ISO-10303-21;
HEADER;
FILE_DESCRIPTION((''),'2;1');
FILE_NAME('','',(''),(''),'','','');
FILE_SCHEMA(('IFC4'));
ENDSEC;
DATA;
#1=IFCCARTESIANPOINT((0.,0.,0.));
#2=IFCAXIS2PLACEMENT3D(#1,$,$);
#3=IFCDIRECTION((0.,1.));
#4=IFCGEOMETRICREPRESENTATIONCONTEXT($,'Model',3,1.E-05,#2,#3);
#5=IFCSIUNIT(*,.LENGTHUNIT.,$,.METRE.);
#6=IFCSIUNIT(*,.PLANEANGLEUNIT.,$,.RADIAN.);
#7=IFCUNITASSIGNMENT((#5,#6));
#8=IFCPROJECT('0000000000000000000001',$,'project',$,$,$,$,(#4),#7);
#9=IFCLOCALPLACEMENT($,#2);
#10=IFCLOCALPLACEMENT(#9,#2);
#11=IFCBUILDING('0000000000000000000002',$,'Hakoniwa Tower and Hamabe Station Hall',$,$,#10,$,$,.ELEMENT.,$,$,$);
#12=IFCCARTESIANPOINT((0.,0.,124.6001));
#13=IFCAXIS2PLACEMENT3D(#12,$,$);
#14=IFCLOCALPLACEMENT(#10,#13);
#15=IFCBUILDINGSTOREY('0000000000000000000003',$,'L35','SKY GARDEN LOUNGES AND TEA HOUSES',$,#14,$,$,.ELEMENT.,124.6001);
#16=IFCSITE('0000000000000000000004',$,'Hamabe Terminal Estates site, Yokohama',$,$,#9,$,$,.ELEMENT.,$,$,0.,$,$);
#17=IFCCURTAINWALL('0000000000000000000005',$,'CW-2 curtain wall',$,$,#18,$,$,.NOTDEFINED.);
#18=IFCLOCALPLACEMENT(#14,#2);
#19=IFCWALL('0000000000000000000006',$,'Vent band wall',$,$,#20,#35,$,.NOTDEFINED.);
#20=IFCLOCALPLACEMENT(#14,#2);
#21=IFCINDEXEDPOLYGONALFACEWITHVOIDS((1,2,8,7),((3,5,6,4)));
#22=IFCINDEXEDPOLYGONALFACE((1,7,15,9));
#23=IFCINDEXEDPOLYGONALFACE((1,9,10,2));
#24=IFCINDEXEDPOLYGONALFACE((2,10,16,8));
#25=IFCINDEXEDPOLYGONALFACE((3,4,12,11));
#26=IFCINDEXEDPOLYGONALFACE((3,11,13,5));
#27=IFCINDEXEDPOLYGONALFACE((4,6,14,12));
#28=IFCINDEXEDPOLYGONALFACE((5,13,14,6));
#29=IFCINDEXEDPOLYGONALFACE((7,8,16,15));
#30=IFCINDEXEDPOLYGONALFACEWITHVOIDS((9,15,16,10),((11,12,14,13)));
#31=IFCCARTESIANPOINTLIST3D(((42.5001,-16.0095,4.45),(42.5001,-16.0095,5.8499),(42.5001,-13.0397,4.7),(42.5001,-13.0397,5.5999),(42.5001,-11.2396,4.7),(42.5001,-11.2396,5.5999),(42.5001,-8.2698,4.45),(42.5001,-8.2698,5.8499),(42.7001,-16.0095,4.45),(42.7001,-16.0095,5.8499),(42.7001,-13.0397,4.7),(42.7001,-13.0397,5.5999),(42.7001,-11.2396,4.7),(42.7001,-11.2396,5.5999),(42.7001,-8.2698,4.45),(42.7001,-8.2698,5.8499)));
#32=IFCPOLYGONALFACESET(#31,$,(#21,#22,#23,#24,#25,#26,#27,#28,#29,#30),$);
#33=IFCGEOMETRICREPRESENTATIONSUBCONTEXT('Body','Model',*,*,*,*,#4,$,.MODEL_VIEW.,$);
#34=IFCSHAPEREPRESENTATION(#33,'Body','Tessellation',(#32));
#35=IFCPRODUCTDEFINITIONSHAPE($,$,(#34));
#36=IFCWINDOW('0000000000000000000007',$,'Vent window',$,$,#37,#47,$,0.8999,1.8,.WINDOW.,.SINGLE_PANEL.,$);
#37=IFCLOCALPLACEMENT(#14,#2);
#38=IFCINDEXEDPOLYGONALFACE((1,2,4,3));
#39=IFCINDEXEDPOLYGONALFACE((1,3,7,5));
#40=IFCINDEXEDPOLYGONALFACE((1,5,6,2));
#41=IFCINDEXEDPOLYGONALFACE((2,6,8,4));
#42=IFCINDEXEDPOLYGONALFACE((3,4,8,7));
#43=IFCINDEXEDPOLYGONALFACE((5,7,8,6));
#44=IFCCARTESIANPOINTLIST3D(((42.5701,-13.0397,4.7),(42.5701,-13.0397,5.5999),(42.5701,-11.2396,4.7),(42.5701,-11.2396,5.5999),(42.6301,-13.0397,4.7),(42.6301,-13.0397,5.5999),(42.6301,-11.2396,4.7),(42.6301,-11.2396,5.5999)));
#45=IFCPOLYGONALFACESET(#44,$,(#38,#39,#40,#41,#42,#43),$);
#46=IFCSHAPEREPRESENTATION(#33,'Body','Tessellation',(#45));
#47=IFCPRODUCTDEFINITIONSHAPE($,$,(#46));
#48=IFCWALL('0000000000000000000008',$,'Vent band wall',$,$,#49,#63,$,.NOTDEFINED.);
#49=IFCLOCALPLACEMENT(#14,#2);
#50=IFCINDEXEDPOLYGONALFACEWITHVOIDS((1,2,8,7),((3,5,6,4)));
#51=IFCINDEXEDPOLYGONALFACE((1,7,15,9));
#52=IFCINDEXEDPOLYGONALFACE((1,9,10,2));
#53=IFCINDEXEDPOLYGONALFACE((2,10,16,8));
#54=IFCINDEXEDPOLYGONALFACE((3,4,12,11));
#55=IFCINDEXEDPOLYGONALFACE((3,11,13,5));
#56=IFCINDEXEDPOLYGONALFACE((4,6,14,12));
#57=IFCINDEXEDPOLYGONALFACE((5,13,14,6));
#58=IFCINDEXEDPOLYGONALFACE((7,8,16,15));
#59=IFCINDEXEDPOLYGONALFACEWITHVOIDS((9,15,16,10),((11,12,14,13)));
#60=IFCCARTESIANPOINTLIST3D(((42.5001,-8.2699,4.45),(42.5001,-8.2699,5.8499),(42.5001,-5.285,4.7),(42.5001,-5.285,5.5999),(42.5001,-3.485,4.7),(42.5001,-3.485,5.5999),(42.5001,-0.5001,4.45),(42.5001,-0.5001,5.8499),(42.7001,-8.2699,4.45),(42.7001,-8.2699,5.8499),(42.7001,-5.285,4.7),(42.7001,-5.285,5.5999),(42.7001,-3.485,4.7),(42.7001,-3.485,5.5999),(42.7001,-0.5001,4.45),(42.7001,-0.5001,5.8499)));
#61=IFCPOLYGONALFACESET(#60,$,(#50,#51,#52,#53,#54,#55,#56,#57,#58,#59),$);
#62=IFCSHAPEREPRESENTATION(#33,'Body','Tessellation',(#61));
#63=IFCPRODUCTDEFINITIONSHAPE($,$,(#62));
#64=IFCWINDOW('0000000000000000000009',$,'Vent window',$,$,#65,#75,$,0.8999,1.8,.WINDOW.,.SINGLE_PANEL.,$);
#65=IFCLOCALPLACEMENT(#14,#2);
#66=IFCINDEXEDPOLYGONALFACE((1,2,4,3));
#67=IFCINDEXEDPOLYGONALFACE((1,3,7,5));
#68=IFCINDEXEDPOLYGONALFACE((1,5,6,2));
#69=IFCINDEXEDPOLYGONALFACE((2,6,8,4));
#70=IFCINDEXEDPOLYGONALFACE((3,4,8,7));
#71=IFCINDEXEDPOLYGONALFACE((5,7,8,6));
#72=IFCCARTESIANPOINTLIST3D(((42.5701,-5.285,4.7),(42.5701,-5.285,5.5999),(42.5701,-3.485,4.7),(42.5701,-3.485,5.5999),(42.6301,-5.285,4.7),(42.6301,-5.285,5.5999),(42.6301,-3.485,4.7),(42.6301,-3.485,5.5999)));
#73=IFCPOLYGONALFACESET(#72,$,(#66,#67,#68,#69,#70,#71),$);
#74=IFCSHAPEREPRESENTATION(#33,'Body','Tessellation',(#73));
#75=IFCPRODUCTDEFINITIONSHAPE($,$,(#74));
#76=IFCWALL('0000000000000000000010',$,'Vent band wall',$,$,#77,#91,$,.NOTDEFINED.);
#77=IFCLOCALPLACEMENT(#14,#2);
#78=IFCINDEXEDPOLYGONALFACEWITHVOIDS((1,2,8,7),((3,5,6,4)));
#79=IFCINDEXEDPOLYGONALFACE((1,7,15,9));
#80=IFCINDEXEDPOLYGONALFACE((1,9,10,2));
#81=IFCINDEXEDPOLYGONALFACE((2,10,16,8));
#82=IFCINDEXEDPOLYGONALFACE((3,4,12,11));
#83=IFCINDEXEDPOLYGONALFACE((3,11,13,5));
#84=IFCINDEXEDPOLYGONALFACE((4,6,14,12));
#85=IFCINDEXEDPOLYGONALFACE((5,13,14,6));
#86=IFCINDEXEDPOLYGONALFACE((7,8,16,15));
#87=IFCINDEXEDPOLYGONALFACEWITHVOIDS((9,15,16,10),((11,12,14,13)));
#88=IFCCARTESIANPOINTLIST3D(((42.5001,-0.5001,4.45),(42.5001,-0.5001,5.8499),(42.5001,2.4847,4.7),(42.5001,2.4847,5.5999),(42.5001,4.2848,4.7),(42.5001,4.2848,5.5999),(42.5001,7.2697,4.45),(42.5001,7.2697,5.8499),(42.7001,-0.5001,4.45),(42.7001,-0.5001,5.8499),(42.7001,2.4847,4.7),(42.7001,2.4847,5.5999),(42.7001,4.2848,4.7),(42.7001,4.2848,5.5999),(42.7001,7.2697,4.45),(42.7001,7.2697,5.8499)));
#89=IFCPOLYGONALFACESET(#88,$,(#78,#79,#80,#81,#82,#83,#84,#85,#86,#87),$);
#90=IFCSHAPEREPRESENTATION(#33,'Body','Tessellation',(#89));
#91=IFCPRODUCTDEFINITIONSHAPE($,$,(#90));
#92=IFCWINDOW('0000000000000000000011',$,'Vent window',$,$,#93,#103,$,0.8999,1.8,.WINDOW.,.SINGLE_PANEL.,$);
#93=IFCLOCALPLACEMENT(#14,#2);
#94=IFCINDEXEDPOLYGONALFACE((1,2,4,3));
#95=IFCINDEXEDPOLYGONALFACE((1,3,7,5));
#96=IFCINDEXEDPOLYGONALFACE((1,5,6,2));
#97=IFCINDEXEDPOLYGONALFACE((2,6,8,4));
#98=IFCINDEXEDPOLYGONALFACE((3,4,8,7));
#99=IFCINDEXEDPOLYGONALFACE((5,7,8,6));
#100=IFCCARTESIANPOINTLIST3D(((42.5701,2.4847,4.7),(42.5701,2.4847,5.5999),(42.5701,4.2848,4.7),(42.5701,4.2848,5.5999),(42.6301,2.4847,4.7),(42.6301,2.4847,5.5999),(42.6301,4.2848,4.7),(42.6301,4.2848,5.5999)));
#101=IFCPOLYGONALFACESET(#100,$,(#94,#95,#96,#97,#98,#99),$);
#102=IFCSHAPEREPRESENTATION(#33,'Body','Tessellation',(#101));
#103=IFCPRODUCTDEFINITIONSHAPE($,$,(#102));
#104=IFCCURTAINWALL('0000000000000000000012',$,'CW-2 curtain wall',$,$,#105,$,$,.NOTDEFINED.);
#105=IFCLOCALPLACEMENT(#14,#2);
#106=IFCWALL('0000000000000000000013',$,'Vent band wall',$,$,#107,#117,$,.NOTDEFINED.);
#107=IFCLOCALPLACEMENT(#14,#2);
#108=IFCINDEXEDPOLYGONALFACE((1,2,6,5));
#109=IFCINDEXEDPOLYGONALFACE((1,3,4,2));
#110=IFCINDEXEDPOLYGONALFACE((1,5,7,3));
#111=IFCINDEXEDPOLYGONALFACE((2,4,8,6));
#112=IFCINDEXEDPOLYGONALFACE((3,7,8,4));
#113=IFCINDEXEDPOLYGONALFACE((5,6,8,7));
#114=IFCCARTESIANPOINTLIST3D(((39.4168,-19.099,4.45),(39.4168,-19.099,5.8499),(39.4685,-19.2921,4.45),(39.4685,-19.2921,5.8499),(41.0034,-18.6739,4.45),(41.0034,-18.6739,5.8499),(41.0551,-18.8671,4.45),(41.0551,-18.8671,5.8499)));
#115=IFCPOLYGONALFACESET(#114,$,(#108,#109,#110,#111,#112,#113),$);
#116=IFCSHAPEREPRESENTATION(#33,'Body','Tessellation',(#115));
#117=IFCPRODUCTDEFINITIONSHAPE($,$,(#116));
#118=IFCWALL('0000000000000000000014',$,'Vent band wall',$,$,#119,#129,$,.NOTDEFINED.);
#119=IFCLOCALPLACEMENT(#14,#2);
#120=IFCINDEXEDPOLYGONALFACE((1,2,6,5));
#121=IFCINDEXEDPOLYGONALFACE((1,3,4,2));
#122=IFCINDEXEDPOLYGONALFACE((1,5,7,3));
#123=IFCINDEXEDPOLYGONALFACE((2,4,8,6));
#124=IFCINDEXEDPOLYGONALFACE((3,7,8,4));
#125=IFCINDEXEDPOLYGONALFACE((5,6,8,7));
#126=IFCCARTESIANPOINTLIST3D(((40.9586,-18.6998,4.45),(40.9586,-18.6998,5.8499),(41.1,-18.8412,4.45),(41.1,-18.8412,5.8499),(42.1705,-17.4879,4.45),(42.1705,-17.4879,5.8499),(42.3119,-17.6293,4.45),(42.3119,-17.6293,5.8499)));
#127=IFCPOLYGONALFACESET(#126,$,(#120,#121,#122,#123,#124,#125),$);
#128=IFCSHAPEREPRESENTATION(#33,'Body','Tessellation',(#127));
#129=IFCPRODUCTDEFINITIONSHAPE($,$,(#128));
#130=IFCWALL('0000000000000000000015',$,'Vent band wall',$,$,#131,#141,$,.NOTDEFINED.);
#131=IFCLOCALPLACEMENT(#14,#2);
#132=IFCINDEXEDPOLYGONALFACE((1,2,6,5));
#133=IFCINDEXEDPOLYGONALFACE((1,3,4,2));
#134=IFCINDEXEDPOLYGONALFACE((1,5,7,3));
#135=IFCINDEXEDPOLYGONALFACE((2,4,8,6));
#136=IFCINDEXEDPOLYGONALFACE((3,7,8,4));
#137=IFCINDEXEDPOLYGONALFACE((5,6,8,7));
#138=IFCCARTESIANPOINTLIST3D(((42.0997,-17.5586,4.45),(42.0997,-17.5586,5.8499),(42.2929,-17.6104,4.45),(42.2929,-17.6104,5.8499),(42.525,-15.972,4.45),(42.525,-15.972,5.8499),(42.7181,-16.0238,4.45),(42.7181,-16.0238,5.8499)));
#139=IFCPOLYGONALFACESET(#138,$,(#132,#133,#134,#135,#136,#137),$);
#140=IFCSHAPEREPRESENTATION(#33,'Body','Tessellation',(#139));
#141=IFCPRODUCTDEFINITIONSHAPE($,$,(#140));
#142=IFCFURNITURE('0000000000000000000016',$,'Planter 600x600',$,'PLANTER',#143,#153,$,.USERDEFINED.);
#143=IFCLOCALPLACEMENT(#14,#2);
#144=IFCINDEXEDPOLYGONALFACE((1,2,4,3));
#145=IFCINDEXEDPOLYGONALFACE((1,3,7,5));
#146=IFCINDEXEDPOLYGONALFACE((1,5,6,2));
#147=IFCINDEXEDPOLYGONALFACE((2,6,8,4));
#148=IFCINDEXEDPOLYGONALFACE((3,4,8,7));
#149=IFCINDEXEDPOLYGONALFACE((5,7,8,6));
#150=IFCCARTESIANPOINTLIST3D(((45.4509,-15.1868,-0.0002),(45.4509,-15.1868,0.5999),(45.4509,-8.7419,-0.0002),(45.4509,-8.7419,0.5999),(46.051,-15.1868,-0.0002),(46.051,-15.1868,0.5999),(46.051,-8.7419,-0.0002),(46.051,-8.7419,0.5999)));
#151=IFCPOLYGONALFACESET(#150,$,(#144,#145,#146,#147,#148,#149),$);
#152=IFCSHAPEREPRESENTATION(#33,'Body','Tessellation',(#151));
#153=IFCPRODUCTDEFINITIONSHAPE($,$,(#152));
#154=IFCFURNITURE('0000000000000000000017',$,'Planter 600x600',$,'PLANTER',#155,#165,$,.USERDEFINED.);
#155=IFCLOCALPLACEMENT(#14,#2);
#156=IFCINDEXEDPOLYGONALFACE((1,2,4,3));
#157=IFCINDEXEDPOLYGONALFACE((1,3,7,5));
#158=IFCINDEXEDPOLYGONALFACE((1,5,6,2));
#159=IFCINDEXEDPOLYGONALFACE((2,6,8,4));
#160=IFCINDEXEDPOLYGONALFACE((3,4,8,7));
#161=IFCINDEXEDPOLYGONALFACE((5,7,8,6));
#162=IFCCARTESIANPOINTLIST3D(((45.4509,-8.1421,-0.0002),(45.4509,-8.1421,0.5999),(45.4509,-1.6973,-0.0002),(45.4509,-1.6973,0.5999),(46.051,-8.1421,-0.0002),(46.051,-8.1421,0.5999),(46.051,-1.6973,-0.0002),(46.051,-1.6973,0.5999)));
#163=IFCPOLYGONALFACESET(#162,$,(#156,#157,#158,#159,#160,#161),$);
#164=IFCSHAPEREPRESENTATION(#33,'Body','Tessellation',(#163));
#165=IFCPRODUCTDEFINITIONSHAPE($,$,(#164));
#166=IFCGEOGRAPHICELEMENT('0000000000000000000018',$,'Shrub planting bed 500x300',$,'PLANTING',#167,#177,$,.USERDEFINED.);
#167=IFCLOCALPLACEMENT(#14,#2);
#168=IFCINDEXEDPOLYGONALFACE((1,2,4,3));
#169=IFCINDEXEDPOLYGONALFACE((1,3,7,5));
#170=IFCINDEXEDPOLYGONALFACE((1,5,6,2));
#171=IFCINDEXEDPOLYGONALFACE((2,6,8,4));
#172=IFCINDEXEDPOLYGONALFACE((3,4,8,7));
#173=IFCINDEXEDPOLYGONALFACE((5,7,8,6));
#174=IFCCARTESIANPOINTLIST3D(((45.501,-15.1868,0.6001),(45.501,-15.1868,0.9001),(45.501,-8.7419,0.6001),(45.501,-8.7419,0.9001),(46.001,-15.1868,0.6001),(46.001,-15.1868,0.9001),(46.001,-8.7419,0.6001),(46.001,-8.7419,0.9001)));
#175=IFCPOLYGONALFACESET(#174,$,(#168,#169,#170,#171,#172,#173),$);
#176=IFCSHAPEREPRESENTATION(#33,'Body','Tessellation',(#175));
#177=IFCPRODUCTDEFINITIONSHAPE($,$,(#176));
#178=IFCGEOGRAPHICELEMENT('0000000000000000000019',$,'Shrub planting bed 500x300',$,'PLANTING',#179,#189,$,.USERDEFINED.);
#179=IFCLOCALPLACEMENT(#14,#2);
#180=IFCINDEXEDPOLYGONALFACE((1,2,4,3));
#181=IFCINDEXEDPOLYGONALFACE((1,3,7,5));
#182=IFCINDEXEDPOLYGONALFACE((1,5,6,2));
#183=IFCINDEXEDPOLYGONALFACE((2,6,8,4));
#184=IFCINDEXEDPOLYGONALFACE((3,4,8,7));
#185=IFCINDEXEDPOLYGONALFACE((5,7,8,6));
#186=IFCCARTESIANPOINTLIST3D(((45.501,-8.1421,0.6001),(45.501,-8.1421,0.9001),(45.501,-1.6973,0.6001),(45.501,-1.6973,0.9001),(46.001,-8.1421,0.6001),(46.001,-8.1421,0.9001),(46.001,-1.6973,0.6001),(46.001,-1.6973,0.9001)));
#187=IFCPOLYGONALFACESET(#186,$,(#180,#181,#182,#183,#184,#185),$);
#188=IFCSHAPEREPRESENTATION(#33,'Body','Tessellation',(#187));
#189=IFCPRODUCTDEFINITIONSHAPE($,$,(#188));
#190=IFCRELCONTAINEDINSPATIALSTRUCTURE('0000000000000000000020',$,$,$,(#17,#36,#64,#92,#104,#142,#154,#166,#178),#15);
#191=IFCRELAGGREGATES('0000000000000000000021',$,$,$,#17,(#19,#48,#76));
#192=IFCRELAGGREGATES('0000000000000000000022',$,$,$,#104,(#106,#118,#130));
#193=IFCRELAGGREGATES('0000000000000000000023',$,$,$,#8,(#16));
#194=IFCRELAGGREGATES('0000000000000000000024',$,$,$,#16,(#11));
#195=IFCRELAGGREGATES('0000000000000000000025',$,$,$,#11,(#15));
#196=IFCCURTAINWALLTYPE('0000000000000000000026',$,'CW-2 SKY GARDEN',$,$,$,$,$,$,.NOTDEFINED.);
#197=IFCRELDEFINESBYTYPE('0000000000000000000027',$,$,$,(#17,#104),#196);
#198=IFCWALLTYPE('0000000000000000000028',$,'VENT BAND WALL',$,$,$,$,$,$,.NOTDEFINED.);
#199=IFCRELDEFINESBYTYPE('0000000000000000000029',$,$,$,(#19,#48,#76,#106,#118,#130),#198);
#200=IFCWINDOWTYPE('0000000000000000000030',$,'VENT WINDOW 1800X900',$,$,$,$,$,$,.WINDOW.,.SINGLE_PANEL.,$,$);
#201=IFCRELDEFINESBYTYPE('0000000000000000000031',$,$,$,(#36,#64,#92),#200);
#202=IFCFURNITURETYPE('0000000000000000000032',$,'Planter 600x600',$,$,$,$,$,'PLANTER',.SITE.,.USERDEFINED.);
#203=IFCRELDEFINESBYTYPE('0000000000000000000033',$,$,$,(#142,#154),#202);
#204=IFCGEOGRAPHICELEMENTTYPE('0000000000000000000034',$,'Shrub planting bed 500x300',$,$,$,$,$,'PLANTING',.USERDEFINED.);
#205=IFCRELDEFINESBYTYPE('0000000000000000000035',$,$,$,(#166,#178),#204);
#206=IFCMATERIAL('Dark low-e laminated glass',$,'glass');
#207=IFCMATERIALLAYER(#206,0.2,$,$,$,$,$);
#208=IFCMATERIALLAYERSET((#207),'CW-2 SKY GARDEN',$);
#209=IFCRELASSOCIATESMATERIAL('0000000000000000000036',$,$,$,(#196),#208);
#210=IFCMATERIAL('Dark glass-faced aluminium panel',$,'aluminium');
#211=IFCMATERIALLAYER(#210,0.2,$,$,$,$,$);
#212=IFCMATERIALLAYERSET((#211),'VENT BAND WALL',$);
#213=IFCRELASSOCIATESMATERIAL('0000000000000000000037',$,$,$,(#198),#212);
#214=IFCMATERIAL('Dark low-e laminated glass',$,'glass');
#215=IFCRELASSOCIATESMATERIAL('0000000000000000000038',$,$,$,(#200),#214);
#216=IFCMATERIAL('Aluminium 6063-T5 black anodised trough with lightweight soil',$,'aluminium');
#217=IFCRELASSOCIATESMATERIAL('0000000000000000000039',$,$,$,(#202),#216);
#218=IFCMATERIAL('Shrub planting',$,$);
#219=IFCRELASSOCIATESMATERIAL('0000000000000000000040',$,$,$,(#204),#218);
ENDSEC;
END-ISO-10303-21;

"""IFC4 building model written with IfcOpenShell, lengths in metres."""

from ifc_helpers import new_model, si_unit, direction, frame, frame_2d, origin, origin_2d, place, context, subcontext, project, spatial, rectangle, extrude, material, layer, layer_set, type_object, element, fill, aggregate, save


model = new_model("IFC4")

# Units and contexts
model_context = context("Model", 3, precision=1e-05, world=origin(), true_north=direction((0.0, 1.0)))
body_context = subcontext(model_context, "Body", "Model", "MODEL_VIEW")
ifc_project = project(units=[si_unit("LENGTHUNIT", "METRE"), si_unit("PLANEANGLEUNIT", "RADIAN")], contexts=[model_context])

# Site, building, storey
site_placement = place(None, origin())
site = spatial("IfcSite", under=ifc_project, at=site_placement, Name="Hamabe Terminal Estates site, Yokohama", CompositionType="ELEMENT", RefElevation=0.0)
building_placement = place(site_placement, origin())
building = spatial("IfcBuilding", under=site, at=building_placement, Name="Hakoniwa Tower and Hamabe Station Hall", CompositionType="ELEMENT")
storey_placement = place(building_placement, frame((0.0, 0.0, 124.6001)))
storey = spatial("IfcBuildingStorey", under=building, at=storey_placement, Name="L35", Description="SKY GARDEN LOUNGES AND TEA HOUSES", CompositionType="ELEMENT", Elevation=124.6001)

# Curtain wall
ifc_material_1 = material(Name="Dark low-e laminated glass", Category="glass")
ifc_layer_1 = layer(ifc_material_1, 0.2)
ifc_layer_set_1 = layer_set([ifc_layer_1], Name="CW-2 SKY GARDEN")
curtain_wall_type = type_object("IfcCurtainWallType", Name="CW-2 SKY GARDEN", PredefinedType="NOTDEFINED", material=ifc_layer_set_1)
curtain_wall_1_placement = place(storey_placement, origin())
curtain_wall_1 = element("IfcCurtainWall", 1, at=curtain_wall_1_placement, inside=storey, type_object=curtain_wall_type, Name="CW-2 curtain wall", PredefinedType="NOTDEFINED")

# Walls, openings, windows
ifc_material_2 = material(Name="Dark glass-faced aluminium panel", Category="aluminium")
ifc_layer_2 = layer(ifc_material_2, 0.2)
ifc_layer_set_2 = layer_set([ifc_layer_2], Name="VENT BAND WALL")
wall_type_1 = type_object("IfcWallType", Name="VENT BAND WALL", PredefinedType="NOTDEFINED", material=ifc_layer_set_2)
wall_1_placement = place(storey_placement, frame((42.6001, -16.0095, 4.45), z_axis=(0.0, 0.0, 1.0), x_axis=(0.0, 1.0, 0.0)))
wall_1 = element("IfcWall", 2, at=wall_1_placement, type_object=wall_type_1, Name="Vent band wall", PredefinedType="NOTDEFINED", context=body_context, shape_type="SweptSolid", body=[
    extrude(rectangle(XDim=7.7397, YDim=0.2, at=frame_2d((3.8699, 0.0))), origin(), (0.0, 0.0, 1.0), 1.3999),
])
opening_1_placement = place(wall_1_placement, frame((2.97, 0.0, 0.25)))
opening_1 = element("IfcOpeningElement", 3, at=opening_1_placement, cuts=wall_1, PredefinedType="OPENING", context=body_context, shape_type="SweptSolid", body=[
    extrude(rectangle(XDim=1.8, YDim=0.8999, at=frame_2d((0.8999, 0.45))), frame((0.0, 0.1099, 0.0), z_axis=(0.0, -1.0, 0.0), x_axis=(1.0, 0.0, 0.0)), (0.0, 0.0, 1.0), 0.22),
])
ifc_material_3 = material(Name="Dark low-e laminated glass", Category="glass")
window_type = type_object("IfcWindowType", Name="VENT WINDOW 1800X900", PartitioningType="SINGLE_PANEL", PredefinedType="WINDOW", material=ifc_material_3)
window_1_placement = place(opening_1_placement, origin())
window_1 = element("IfcWindow", 4, at=window_1_placement, inside=storey, type_object=window_type, Name="Vent window", OverallHeight=0.8999, OverallWidth=1.8, PartitioningType="SINGLE_PANEL", PredefinedType="WINDOW", context=body_context, shape_type="SweptSolid", body=[
    extrude(rectangle(XDim=1.8, YDim=0.8999, at=frame_2d((0.8999, 0.45))), frame((0.0, 0.03, 0.0), z_axis=(0.0, -1.0, 0.0), x_axis=(1.0, 0.0, 0.0)), (0.0, 0.0, 1.0), 0.0601),
])
fill(opening_1, window_1)
wall_2_placement = place(storey_placement, frame((42.6001, -8.2698, 4.45), z_axis=(0.0, 0.0, 1.0), x_axis=(0.0, 1.0, 0.0)))
wall_2 = element("IfcWall", 5, at=wall_2_placement, type_object=wall_type_1, Name="Vent band wall", PredefinedType="NOTDEFINED", context=body_context, shape_type="SweptSolid", body=[
    extrude(rectangle(XDim=7.7698, YDim=0.2, at=frame_2d((3.8848, 0.0))), origin(), (0.0, 0.0, 1.0), 1.3999),
])
opening_2_placement = place(wall_2_placement, frame((2.9849, 0.0, 0.25)))
opening_2 = element("IfcOpeningElement", 6, at=opening_2_placement, cuts=wall_2, PredefinedType="OPENING", context=body_context, shape_type="SweptSolid", body=[
    extrude(rectangle(XDim=1.8, YDim=0.8999, at=frame_2d((0.8999, 0.45))), frame((0.0, 0.1099, 0.0), z_axis=(0.0, -1.0, 0.0), x_axis=(1.0, 0.0, 0.0)), (0.0, 0.0, 1.0), 0.22),
])
window_2_placement = place(opening_2_placement, origin())
window_2 = element("IfcWindow", 7, at=window_2_placement, inside=storey, type_object=window_type, Name="Vent window", OverallHeight=0.8999, OverallWidth=1.8, PartitioningType="SINGLE_PANEL", PredefinedType="WINDOW", context=body_context, shape_type="SweptSolid", body=[
    extrude(rectangle(XDim=1.8, YDim=0.8999, at=frame_2d((0.8999, 0.45))), frame((0.0, 0.03, 0.0), z_axis=(0.0, -1.0, 0.0), x_axis=(1.0, 0.0, 0.0)), (0.0, 0.0, 1.0), 0.0601),
])
fill(opening_2, window_2)
wall_3_placement = place(storey_placement, frame((42.6001, -0.5, 4.45), z_axis=(0.0, 0.0, 1.0), x_axis=(0.0, 1.0, 0.0)))
wall_3 = element("IfcWall", 8, at=wall_3_placement, type_object=wall_type_1, Name="Vent band wall", PredefinedType="NOTDEFINED", context=body_context, shape_type="SweptSolid", body=[
    extrude(rectangle(XDim=7.7698, YDim=0.2, at=frame_2d((3.8848, 0.0))), origin(), (0.0, 0.0, 1.0), 1.3999),
])
opening_3_placement = place(wall_3_placement, frame((2.9849, 0.0, 0.25)))
opening_3 = element("IfcOpeningElement", 9, at=opening_3_placement, cuts=wall_3, PredefinedType="OPENING", context=body_context, shape_type="SweptSolid", body=[
    extrude(rectangle(XDim=1.8, YDim=0.8999, at=frame_2d((0.8999, 0.45))), frame((0.0, 0.1099, 0.0), z_axis=(0.0, -1.0, 0.0), x_axis=(1.0, 0.0, 0.0)), (0.0, 0.0, 1.0), 0.22),
])
window_3_placement = place(opening_3_placement, origin())
window_3 = element("IfcWindow", 10, at=window_3_placement, inside=storey, type_object=window_type, Name="Vent window", OverallHeight=0.8999, OverallWidth=1.8, PartitioningType="SINGLE_PANEL", PredefinedType="WINDOW", context=body_context, shape_type="SweptSolid", body=[
    extrude(rectangle(XDim=1.8, YDim=0.8999, at=frame_2d((0.8999, 0.45))), frame((0.0, 0.03, 0.0), z_axis=(0.0, -1.0, 0.0), x_axis=(1.0, 0.0, 0.0)), (0.0, 0.0, 1.0), 0.0601),
])
fill(opening_3, window_3)
aggregate(curtain_wall_1, [wall_1, wall_2, wall_3])

# Curtain wall, walls
curtain_wall_2_placement = place(storey_placement, origin())
curtain_wall_2 = element("IfcCurtainWall", 11, at=curtain_wall_2_placement, inside=storey, type_object=curtain_wall_type, Name="CW-2 curtain wall", PredefinedType="NOTDEFINED")
wall_4_placement = place(storey_placement, frame((39.4426, -19.1956, 4.45), z_axis=(0.0, 0.0, 1.0), x_axis=(0.965941, 0.258763, 0.0)))
wall_4 = element("IfcWall", 12, at=wall_4_placement, type_object=wall_type_1, Name="Vent band wall", PredefinedType="NOTDEFINED", context=body_context, shape_type="SweptSolid", body=[
    extrude(rectangle(XDim=1.6426, YDim=0.2, at=frame_2d((0.8213, 0.0))), origin(), (0.0, 0.0, 1.0), 1.3999),
])
wall_5_placement = place(storey_placement, frame((41.0293, -18.7705, 4.45), z_axis=(0.0, 0.0, 1.0), x_axis=(0.707107, 0.707107, 0.0)))
wall_5 = element("IfcWall", 13, at=wall_5_placement, type_object=wall_type_1, Name="Vent band wall", PredefinedType="NOTDEFINED", context=body_context, shape_type="SweptSolid", body=[
    extrude(rectangle(XDim=1.7139, YDim=0.2, at=frame_2d((0.8569, 0.0))), origin(), (0.0, 0.0, 1.0), 1.3999),
])
wall_6_placement = place(storey_placement, frame((42.1963, -17.5845, 4.45), z_axis=(0.0, 0.0, 1.0), x_axis=(0.258902, 0.965904, 0.0)))
wall_6 = element("IfcWall", 14, at=wall_6_placement, type_object=wall_type_1, Name="Vent band wall", PredefinedType="NOTDEFINED", context=body_context, shape_type="SweptSolid", body=[
    extrude(rectangle(XDim=1.6426, YDim=0.2, at=frame_2d((0.8213, 0.0))), origin(), (0.0, 0.0, 1.0), 1.3999),
])
aggregate(curtain_wall_2, [wall_4, wall_5, wall_6])

# Furniture
ifc_material_4 = material(Name="Aluminium 6063-T5 black anodised trough with lightweight soil", Category="aluminium")
furniture_type = type_object("IfcFurnitureType", Name="Planter 600x600", ElementType="PLANTER", AssemblyPlace="SITE", PredefinedType="USERDEFINED", material=ifc_material_4)
for number, where, z_axis, x_axis, name in (
    (15, (45.751, -11.9644, -0.0002), (0.0, 0.0, 1.0), (0.0, 1.0, 0.0), "Planter 600x600"),
    (16, (45.751, -4.9197, -0.0002), (0.0, 0.0, 1.0), (0.0, 1.0, 0.0), "Planter 600x600"),
):
    element("IfcFurniture", number, at=place(storey_placement, frame(where, z_axis=z_axis, x_axis=x_axis)), inside=storey, type_object=furniture_type, Name=name, ObjectType="PLANTER", PredefinedType="USERDEFINED", context=body_context, shape_type="SweptSolid", body=[
        extrude(rectangle(XDim=6.4448, YDim=0.6001, at=origin_2d()), origin(), (0.0, 0.0, 1.0), 0.6001),
    ])

# Geographic elements
ifc_material_5 = material(Name="Shrub planting")
geographic_element_type = type_object("IfcGeographicElementType", Name="Shrub planting bed 500x300", ElementType="PLANTING", PredefinedType="USERDEFINED", material=ifc_material_5)
for number, where, z_axis, x_axis, name in (
    (17, (45.751, -11.9644, 0.6001), (0.0, 0.0, 1.0), (0.0, 1.0, 0.0), "Shrub planting bed 500x300"),
    (18, (45.751, -4.9197, 0.6001), (0.0, 0.0, 1.0), (0.0, 1.0, 0.0), "Shrub planting bed 500x300"),
):
    element("IfcGeographicElement", number, at=place(storey_placement, frame(where, z_axis=z_axis, x_axis=x_axis)), inside=storey, type_object=geographic_element_type, Name=name, ObjectType="PLANTING", PredefinedType="USERDEFINED", context=body_context, shape_type="SweptSolid", body=[
        extrude(rectangle(XDim=6.4448, YDim=0.5, at=origin_2d()), origin(), (0.0, 0.0, 1.0), 0.3),
    ])

save(model, "model.ifc")
